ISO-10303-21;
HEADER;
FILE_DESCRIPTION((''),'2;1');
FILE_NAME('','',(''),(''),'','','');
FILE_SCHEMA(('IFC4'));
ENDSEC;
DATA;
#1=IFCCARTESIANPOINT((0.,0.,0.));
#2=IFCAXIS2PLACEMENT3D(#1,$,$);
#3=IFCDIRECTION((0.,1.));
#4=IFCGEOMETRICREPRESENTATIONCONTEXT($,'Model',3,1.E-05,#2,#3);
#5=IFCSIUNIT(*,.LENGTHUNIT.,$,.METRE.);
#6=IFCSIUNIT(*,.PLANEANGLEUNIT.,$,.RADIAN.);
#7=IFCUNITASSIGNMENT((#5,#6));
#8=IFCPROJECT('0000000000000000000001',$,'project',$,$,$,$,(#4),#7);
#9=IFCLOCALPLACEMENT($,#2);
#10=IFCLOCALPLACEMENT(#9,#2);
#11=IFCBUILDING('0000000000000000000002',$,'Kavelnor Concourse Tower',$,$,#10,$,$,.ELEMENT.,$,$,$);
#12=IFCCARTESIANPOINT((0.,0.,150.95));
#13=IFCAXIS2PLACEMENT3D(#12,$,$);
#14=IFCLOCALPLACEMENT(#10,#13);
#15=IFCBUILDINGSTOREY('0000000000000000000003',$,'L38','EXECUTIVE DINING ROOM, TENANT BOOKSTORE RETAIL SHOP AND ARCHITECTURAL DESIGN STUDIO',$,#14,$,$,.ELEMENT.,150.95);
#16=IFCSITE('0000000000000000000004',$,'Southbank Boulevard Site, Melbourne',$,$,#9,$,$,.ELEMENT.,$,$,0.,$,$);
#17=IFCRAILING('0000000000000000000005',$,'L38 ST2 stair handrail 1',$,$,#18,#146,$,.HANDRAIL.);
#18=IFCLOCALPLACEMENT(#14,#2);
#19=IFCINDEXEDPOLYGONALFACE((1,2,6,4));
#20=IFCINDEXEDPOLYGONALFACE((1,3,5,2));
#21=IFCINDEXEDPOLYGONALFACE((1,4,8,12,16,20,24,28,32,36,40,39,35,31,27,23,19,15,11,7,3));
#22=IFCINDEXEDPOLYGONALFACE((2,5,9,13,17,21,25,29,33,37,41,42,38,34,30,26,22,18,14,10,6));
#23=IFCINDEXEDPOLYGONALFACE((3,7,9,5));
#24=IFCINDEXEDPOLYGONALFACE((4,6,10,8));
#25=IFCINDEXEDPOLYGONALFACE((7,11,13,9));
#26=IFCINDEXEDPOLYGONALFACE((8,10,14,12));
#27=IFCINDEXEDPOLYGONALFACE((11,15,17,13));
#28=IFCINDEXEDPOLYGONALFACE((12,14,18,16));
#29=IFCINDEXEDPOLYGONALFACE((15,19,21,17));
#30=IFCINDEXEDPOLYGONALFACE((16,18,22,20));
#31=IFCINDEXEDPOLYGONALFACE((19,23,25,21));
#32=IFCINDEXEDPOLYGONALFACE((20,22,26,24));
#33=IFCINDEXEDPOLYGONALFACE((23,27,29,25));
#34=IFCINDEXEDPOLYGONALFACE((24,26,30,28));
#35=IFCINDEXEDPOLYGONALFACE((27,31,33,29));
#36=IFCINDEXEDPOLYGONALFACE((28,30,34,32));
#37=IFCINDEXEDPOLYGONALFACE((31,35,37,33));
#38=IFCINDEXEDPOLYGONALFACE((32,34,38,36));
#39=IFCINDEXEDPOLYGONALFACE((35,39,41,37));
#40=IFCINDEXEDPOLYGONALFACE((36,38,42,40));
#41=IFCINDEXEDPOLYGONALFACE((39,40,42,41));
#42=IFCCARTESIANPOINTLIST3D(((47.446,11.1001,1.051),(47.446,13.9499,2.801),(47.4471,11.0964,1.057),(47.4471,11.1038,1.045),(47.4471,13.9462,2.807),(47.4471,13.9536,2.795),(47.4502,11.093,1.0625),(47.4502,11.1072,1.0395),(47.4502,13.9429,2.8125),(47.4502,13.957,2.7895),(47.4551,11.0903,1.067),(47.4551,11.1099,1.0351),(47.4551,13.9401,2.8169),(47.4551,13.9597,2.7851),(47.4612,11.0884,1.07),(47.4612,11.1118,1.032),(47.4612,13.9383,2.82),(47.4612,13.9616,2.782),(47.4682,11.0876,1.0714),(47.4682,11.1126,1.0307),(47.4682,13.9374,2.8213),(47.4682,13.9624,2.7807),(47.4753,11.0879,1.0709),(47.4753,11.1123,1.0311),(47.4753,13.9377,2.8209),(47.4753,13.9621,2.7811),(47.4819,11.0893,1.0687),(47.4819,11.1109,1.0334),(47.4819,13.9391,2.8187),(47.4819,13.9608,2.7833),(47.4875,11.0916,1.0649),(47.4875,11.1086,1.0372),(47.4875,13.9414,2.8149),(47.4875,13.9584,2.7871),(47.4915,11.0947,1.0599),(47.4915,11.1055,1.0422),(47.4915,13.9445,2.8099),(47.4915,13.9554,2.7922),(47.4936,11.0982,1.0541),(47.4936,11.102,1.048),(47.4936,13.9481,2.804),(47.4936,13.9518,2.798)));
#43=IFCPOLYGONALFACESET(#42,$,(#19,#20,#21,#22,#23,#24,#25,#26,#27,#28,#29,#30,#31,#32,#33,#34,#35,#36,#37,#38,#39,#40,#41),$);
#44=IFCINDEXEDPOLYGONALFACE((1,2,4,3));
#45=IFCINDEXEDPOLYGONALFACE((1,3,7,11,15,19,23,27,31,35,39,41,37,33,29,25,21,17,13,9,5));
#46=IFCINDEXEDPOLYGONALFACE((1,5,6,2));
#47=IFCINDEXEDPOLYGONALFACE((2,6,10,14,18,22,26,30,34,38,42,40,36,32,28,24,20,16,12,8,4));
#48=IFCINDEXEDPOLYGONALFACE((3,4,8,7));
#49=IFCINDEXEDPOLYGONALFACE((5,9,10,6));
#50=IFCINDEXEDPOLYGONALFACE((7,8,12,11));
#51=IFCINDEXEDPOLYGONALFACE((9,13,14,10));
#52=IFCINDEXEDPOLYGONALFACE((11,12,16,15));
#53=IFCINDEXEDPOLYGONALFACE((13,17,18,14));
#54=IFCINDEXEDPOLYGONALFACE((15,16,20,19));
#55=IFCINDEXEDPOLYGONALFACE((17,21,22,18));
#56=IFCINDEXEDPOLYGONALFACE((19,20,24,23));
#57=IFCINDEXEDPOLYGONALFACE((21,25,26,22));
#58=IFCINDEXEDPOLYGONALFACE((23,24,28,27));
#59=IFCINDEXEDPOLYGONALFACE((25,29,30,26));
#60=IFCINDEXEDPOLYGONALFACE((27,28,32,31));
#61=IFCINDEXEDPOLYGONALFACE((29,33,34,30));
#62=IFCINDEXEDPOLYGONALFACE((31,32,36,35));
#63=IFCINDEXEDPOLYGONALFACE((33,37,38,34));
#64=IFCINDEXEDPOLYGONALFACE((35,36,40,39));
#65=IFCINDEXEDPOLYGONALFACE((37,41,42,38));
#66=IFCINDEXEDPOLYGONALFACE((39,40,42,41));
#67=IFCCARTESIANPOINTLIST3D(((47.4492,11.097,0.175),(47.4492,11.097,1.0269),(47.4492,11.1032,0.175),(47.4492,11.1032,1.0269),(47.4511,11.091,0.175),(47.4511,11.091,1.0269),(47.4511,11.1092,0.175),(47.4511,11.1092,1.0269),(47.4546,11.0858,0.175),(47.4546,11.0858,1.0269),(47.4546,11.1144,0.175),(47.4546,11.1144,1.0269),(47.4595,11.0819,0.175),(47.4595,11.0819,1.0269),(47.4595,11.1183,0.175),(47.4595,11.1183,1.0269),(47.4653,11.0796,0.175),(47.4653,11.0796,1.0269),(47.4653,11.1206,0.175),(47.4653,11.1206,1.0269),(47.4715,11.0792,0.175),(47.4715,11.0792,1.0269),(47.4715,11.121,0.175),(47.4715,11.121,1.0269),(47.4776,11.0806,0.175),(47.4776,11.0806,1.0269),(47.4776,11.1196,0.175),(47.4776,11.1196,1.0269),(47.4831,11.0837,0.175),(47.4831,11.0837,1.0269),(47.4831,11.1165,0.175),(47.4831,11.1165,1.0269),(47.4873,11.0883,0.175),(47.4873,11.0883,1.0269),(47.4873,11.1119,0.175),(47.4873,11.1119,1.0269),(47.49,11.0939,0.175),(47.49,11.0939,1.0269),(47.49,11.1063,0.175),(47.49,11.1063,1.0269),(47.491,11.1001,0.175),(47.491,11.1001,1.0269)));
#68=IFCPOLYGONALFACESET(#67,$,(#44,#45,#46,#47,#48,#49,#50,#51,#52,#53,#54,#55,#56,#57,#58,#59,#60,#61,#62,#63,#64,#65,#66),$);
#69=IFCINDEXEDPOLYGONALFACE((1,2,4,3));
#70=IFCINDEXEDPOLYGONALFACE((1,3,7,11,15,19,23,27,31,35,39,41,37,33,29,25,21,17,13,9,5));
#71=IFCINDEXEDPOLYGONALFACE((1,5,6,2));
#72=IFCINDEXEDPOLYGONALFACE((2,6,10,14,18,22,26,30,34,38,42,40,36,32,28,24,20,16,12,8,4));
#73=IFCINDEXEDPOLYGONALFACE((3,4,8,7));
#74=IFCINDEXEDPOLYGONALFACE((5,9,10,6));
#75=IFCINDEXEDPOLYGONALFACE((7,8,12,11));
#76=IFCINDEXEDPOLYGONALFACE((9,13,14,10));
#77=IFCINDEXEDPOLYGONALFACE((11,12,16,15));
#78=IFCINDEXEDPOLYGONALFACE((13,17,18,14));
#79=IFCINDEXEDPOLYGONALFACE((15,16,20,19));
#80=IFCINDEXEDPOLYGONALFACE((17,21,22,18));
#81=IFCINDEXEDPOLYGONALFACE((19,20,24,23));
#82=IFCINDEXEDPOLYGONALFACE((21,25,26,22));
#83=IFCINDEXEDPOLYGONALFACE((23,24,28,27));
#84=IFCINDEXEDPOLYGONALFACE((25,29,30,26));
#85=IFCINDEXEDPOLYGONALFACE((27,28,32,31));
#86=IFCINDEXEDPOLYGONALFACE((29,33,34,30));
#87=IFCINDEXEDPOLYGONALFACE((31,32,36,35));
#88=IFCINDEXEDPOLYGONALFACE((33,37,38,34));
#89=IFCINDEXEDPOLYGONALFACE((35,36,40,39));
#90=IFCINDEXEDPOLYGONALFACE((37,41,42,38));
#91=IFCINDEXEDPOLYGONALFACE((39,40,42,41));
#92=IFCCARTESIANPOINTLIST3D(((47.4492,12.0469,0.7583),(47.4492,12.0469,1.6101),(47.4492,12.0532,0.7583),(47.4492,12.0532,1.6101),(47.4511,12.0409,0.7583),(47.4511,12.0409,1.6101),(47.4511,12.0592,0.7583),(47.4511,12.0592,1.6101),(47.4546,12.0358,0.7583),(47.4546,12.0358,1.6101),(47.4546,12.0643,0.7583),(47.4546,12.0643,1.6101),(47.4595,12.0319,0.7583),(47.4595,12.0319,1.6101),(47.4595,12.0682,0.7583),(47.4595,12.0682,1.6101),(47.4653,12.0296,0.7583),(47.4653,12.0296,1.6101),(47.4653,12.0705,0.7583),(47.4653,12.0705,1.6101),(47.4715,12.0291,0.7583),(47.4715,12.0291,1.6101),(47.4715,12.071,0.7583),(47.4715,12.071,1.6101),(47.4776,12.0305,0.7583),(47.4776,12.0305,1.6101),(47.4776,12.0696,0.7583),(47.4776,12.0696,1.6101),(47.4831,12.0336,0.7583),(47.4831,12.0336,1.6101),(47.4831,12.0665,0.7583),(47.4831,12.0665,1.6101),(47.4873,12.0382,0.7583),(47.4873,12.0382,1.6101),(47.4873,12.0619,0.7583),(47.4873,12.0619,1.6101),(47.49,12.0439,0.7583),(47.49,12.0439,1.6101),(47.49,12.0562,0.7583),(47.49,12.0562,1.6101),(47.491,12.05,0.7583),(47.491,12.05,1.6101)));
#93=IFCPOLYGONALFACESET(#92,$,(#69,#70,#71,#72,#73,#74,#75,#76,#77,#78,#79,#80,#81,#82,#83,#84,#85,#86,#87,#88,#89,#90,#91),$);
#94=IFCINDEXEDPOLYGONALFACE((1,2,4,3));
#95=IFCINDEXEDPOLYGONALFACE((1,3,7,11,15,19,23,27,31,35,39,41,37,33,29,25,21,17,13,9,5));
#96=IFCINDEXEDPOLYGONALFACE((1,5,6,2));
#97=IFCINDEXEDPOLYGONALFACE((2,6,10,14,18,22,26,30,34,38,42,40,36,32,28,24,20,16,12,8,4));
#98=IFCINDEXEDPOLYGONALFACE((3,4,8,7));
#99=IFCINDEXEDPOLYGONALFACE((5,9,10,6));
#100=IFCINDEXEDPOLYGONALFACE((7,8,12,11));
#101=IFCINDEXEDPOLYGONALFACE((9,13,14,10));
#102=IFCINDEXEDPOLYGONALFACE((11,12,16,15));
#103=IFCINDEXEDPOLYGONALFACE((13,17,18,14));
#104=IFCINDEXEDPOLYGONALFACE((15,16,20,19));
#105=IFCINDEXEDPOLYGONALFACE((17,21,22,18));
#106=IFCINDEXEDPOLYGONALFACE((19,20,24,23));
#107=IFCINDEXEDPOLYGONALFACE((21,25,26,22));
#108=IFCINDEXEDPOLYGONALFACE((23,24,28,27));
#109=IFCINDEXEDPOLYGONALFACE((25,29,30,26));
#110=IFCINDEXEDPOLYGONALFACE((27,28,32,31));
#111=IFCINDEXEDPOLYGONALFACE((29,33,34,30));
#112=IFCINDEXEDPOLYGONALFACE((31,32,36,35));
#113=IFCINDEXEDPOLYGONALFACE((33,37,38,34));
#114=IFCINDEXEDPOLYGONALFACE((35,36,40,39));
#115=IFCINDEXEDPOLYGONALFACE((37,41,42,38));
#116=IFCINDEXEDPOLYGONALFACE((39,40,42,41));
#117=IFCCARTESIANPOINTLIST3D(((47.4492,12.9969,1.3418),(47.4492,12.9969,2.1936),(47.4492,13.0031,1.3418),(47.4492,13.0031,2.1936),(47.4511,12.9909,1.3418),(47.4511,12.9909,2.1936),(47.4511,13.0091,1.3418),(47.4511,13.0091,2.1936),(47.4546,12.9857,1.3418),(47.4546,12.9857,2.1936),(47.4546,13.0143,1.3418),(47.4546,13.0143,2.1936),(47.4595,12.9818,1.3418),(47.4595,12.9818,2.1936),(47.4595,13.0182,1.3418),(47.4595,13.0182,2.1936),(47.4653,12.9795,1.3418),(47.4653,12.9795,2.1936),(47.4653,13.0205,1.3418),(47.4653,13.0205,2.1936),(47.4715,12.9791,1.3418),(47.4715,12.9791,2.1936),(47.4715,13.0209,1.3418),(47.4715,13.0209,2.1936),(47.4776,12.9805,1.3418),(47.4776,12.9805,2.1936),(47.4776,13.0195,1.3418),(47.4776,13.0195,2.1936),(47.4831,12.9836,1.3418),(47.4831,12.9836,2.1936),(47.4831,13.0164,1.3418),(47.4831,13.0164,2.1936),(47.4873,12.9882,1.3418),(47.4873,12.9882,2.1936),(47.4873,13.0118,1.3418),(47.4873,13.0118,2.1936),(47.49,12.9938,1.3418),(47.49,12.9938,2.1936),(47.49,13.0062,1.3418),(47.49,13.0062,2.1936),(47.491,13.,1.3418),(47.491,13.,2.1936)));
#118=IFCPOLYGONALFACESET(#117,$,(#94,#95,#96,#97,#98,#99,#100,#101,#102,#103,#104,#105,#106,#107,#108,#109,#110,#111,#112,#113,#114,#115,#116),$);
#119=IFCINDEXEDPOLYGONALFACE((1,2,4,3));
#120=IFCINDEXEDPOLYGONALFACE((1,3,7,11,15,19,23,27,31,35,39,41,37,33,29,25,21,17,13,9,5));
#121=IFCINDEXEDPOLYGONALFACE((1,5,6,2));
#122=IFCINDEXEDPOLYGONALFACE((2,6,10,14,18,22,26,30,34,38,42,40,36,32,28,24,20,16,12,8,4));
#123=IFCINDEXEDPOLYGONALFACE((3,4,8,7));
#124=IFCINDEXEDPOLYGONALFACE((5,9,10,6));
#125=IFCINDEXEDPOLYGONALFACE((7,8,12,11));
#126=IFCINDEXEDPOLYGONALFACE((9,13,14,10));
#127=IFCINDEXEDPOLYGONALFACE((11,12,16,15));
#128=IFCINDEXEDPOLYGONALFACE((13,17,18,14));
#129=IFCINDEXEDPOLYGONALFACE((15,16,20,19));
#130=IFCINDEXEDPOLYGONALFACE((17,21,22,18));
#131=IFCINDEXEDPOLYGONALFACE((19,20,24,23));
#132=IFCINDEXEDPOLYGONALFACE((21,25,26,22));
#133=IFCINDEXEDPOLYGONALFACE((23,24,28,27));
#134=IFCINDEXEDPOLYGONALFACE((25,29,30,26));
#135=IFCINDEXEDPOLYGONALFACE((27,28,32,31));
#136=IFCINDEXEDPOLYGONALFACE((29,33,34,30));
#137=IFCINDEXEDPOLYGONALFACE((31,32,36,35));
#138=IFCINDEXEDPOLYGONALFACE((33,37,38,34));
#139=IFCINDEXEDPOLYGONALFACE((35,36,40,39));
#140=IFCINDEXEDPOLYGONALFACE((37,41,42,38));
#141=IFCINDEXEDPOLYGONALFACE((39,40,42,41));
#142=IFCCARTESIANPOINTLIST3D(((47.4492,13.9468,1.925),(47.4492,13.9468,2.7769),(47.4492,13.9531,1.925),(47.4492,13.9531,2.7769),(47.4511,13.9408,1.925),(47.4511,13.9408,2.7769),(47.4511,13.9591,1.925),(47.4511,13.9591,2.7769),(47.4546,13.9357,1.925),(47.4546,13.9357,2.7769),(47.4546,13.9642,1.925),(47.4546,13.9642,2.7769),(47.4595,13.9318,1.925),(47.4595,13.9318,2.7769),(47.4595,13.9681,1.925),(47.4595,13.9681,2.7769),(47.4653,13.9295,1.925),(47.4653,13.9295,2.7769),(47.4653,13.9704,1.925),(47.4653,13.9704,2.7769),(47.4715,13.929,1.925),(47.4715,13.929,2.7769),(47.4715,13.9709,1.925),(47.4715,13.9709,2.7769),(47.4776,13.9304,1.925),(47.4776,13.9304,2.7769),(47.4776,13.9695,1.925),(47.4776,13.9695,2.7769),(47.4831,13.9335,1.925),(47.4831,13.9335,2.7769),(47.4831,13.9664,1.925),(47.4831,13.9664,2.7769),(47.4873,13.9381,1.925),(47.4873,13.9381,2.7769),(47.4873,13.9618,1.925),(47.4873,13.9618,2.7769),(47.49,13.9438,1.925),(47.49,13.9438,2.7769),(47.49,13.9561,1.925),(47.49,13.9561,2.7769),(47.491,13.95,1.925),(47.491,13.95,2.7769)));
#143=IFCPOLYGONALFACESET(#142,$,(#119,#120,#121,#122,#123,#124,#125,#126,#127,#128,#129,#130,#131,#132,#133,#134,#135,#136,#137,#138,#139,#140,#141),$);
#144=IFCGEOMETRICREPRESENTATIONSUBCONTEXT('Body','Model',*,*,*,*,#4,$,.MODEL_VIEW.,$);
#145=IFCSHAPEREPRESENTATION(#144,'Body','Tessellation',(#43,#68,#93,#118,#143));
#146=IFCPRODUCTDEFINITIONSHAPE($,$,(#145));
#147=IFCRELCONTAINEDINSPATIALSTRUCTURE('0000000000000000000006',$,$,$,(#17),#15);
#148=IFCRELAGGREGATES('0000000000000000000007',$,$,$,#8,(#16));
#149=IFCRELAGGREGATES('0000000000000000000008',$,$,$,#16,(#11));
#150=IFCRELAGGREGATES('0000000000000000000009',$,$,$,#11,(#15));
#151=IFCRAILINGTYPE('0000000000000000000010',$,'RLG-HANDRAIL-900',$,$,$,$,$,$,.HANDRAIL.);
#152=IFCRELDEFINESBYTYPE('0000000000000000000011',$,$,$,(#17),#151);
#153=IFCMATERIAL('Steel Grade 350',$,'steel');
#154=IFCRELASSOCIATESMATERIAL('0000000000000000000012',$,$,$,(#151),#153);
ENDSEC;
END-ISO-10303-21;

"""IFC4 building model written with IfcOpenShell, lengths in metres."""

from ifc_helpers import new_model, si_unit, direction, frame, origin, origin_2d, place, context, subcontext, project, spatial, circle, extrude, material, type_object, element, save


model = new_model("IFC4")

# Units and contexts
model_context = context("Model", 3, precision=1e-05, world=origin(), true_north=direction((0.0, 1.0)))
body_context = subcontext(model_context, "Body", "Model", "MODEL_VIEW")
ifc_project = project(units=[si_unit("LENGTHUNIT", "METRE"), si_unit("PLANEANGLEUNIT", "RADIAN")], contexts=[model_context])

# Site, building, storey
site_placement = place(None, origin())
site = spatial("IfcSite", under=ifc_project, at=site_placement, Name="Southbank Boulevard Site, Melbourne", CompositionType="ELEMENT", RefElevation=0.0)
building_placement = place(site_placement, origin())
building = spatial("IfcBuilding", under=site, at=building_placement, Name="Kavelnor Concourse Tower", CompositionType="ELEMENT")
storey_placement = place(building_placement, frame((0.0, 0.0, 150.95)))
storey = spatial("IfcBuildingStorey", under=building, at=storey_placement, Name="L38", Description="EXECUTIVE DINING ROOM, TENANT BOOKSTORE RETAIL SHOP AND ARCHITECTURAL DESIGN STUDIO", CompositionType="ELEMENT", Elevation=150.95)

# Shared definitions
ifc_material_1 = material(Name="Steel Grade 350", Category="steel")

# Railing
railing_type_1 = type_object("IfcRailingType", Name="RLG-HANDRAIL-900", PredefinedType="HANDRAIL", material=ifc_material_1)
railing_1_placement = place(storey_placement, frame((47.47, 11.1001, 0.175)))
element("IfcRailing", 1, at=railing_1_placement, inside=storey, type_object=railing_type_1, Name="L38 ST2 stair handrail 1", PredefinedType="HANDRAIL", context=body_context, shape_type="SweptSolid", body=[
    extrude(circle(Radius=0.0239, at=origin_2d()), frame((0.0, 0.0, 0.876), z_axis=(0.0, 0.852159, 0.523283), x_axis=(-1.0, 0.0, 0.0)), (0.0, 0.0, 1.0), 3.3442),
    extrude(circle(Radius=0.021, at=origin_2d()), origin(), (0.0, 0.0, 1.0), 0.8518),
    extrude(circle(Radius=0.021, at=origin_2d()), frame((0.0, 0.95, 0.5833)), (0.0, 0.0, 1.0), 0.8518),
    extrude(circle(Radius=0.021, at=origin_2d()), frame((0.0, 1.8999, 1.1667)), (0.0, 0.0, 1.0), 0.8518),
    extrude(circle(Radius=0.021, at=origin_2d()), frame((0.0, 2.8499, 1.75)), (0.0, 0.0, 1.0), 0.8518),
])

save(model, "model.ifc")
